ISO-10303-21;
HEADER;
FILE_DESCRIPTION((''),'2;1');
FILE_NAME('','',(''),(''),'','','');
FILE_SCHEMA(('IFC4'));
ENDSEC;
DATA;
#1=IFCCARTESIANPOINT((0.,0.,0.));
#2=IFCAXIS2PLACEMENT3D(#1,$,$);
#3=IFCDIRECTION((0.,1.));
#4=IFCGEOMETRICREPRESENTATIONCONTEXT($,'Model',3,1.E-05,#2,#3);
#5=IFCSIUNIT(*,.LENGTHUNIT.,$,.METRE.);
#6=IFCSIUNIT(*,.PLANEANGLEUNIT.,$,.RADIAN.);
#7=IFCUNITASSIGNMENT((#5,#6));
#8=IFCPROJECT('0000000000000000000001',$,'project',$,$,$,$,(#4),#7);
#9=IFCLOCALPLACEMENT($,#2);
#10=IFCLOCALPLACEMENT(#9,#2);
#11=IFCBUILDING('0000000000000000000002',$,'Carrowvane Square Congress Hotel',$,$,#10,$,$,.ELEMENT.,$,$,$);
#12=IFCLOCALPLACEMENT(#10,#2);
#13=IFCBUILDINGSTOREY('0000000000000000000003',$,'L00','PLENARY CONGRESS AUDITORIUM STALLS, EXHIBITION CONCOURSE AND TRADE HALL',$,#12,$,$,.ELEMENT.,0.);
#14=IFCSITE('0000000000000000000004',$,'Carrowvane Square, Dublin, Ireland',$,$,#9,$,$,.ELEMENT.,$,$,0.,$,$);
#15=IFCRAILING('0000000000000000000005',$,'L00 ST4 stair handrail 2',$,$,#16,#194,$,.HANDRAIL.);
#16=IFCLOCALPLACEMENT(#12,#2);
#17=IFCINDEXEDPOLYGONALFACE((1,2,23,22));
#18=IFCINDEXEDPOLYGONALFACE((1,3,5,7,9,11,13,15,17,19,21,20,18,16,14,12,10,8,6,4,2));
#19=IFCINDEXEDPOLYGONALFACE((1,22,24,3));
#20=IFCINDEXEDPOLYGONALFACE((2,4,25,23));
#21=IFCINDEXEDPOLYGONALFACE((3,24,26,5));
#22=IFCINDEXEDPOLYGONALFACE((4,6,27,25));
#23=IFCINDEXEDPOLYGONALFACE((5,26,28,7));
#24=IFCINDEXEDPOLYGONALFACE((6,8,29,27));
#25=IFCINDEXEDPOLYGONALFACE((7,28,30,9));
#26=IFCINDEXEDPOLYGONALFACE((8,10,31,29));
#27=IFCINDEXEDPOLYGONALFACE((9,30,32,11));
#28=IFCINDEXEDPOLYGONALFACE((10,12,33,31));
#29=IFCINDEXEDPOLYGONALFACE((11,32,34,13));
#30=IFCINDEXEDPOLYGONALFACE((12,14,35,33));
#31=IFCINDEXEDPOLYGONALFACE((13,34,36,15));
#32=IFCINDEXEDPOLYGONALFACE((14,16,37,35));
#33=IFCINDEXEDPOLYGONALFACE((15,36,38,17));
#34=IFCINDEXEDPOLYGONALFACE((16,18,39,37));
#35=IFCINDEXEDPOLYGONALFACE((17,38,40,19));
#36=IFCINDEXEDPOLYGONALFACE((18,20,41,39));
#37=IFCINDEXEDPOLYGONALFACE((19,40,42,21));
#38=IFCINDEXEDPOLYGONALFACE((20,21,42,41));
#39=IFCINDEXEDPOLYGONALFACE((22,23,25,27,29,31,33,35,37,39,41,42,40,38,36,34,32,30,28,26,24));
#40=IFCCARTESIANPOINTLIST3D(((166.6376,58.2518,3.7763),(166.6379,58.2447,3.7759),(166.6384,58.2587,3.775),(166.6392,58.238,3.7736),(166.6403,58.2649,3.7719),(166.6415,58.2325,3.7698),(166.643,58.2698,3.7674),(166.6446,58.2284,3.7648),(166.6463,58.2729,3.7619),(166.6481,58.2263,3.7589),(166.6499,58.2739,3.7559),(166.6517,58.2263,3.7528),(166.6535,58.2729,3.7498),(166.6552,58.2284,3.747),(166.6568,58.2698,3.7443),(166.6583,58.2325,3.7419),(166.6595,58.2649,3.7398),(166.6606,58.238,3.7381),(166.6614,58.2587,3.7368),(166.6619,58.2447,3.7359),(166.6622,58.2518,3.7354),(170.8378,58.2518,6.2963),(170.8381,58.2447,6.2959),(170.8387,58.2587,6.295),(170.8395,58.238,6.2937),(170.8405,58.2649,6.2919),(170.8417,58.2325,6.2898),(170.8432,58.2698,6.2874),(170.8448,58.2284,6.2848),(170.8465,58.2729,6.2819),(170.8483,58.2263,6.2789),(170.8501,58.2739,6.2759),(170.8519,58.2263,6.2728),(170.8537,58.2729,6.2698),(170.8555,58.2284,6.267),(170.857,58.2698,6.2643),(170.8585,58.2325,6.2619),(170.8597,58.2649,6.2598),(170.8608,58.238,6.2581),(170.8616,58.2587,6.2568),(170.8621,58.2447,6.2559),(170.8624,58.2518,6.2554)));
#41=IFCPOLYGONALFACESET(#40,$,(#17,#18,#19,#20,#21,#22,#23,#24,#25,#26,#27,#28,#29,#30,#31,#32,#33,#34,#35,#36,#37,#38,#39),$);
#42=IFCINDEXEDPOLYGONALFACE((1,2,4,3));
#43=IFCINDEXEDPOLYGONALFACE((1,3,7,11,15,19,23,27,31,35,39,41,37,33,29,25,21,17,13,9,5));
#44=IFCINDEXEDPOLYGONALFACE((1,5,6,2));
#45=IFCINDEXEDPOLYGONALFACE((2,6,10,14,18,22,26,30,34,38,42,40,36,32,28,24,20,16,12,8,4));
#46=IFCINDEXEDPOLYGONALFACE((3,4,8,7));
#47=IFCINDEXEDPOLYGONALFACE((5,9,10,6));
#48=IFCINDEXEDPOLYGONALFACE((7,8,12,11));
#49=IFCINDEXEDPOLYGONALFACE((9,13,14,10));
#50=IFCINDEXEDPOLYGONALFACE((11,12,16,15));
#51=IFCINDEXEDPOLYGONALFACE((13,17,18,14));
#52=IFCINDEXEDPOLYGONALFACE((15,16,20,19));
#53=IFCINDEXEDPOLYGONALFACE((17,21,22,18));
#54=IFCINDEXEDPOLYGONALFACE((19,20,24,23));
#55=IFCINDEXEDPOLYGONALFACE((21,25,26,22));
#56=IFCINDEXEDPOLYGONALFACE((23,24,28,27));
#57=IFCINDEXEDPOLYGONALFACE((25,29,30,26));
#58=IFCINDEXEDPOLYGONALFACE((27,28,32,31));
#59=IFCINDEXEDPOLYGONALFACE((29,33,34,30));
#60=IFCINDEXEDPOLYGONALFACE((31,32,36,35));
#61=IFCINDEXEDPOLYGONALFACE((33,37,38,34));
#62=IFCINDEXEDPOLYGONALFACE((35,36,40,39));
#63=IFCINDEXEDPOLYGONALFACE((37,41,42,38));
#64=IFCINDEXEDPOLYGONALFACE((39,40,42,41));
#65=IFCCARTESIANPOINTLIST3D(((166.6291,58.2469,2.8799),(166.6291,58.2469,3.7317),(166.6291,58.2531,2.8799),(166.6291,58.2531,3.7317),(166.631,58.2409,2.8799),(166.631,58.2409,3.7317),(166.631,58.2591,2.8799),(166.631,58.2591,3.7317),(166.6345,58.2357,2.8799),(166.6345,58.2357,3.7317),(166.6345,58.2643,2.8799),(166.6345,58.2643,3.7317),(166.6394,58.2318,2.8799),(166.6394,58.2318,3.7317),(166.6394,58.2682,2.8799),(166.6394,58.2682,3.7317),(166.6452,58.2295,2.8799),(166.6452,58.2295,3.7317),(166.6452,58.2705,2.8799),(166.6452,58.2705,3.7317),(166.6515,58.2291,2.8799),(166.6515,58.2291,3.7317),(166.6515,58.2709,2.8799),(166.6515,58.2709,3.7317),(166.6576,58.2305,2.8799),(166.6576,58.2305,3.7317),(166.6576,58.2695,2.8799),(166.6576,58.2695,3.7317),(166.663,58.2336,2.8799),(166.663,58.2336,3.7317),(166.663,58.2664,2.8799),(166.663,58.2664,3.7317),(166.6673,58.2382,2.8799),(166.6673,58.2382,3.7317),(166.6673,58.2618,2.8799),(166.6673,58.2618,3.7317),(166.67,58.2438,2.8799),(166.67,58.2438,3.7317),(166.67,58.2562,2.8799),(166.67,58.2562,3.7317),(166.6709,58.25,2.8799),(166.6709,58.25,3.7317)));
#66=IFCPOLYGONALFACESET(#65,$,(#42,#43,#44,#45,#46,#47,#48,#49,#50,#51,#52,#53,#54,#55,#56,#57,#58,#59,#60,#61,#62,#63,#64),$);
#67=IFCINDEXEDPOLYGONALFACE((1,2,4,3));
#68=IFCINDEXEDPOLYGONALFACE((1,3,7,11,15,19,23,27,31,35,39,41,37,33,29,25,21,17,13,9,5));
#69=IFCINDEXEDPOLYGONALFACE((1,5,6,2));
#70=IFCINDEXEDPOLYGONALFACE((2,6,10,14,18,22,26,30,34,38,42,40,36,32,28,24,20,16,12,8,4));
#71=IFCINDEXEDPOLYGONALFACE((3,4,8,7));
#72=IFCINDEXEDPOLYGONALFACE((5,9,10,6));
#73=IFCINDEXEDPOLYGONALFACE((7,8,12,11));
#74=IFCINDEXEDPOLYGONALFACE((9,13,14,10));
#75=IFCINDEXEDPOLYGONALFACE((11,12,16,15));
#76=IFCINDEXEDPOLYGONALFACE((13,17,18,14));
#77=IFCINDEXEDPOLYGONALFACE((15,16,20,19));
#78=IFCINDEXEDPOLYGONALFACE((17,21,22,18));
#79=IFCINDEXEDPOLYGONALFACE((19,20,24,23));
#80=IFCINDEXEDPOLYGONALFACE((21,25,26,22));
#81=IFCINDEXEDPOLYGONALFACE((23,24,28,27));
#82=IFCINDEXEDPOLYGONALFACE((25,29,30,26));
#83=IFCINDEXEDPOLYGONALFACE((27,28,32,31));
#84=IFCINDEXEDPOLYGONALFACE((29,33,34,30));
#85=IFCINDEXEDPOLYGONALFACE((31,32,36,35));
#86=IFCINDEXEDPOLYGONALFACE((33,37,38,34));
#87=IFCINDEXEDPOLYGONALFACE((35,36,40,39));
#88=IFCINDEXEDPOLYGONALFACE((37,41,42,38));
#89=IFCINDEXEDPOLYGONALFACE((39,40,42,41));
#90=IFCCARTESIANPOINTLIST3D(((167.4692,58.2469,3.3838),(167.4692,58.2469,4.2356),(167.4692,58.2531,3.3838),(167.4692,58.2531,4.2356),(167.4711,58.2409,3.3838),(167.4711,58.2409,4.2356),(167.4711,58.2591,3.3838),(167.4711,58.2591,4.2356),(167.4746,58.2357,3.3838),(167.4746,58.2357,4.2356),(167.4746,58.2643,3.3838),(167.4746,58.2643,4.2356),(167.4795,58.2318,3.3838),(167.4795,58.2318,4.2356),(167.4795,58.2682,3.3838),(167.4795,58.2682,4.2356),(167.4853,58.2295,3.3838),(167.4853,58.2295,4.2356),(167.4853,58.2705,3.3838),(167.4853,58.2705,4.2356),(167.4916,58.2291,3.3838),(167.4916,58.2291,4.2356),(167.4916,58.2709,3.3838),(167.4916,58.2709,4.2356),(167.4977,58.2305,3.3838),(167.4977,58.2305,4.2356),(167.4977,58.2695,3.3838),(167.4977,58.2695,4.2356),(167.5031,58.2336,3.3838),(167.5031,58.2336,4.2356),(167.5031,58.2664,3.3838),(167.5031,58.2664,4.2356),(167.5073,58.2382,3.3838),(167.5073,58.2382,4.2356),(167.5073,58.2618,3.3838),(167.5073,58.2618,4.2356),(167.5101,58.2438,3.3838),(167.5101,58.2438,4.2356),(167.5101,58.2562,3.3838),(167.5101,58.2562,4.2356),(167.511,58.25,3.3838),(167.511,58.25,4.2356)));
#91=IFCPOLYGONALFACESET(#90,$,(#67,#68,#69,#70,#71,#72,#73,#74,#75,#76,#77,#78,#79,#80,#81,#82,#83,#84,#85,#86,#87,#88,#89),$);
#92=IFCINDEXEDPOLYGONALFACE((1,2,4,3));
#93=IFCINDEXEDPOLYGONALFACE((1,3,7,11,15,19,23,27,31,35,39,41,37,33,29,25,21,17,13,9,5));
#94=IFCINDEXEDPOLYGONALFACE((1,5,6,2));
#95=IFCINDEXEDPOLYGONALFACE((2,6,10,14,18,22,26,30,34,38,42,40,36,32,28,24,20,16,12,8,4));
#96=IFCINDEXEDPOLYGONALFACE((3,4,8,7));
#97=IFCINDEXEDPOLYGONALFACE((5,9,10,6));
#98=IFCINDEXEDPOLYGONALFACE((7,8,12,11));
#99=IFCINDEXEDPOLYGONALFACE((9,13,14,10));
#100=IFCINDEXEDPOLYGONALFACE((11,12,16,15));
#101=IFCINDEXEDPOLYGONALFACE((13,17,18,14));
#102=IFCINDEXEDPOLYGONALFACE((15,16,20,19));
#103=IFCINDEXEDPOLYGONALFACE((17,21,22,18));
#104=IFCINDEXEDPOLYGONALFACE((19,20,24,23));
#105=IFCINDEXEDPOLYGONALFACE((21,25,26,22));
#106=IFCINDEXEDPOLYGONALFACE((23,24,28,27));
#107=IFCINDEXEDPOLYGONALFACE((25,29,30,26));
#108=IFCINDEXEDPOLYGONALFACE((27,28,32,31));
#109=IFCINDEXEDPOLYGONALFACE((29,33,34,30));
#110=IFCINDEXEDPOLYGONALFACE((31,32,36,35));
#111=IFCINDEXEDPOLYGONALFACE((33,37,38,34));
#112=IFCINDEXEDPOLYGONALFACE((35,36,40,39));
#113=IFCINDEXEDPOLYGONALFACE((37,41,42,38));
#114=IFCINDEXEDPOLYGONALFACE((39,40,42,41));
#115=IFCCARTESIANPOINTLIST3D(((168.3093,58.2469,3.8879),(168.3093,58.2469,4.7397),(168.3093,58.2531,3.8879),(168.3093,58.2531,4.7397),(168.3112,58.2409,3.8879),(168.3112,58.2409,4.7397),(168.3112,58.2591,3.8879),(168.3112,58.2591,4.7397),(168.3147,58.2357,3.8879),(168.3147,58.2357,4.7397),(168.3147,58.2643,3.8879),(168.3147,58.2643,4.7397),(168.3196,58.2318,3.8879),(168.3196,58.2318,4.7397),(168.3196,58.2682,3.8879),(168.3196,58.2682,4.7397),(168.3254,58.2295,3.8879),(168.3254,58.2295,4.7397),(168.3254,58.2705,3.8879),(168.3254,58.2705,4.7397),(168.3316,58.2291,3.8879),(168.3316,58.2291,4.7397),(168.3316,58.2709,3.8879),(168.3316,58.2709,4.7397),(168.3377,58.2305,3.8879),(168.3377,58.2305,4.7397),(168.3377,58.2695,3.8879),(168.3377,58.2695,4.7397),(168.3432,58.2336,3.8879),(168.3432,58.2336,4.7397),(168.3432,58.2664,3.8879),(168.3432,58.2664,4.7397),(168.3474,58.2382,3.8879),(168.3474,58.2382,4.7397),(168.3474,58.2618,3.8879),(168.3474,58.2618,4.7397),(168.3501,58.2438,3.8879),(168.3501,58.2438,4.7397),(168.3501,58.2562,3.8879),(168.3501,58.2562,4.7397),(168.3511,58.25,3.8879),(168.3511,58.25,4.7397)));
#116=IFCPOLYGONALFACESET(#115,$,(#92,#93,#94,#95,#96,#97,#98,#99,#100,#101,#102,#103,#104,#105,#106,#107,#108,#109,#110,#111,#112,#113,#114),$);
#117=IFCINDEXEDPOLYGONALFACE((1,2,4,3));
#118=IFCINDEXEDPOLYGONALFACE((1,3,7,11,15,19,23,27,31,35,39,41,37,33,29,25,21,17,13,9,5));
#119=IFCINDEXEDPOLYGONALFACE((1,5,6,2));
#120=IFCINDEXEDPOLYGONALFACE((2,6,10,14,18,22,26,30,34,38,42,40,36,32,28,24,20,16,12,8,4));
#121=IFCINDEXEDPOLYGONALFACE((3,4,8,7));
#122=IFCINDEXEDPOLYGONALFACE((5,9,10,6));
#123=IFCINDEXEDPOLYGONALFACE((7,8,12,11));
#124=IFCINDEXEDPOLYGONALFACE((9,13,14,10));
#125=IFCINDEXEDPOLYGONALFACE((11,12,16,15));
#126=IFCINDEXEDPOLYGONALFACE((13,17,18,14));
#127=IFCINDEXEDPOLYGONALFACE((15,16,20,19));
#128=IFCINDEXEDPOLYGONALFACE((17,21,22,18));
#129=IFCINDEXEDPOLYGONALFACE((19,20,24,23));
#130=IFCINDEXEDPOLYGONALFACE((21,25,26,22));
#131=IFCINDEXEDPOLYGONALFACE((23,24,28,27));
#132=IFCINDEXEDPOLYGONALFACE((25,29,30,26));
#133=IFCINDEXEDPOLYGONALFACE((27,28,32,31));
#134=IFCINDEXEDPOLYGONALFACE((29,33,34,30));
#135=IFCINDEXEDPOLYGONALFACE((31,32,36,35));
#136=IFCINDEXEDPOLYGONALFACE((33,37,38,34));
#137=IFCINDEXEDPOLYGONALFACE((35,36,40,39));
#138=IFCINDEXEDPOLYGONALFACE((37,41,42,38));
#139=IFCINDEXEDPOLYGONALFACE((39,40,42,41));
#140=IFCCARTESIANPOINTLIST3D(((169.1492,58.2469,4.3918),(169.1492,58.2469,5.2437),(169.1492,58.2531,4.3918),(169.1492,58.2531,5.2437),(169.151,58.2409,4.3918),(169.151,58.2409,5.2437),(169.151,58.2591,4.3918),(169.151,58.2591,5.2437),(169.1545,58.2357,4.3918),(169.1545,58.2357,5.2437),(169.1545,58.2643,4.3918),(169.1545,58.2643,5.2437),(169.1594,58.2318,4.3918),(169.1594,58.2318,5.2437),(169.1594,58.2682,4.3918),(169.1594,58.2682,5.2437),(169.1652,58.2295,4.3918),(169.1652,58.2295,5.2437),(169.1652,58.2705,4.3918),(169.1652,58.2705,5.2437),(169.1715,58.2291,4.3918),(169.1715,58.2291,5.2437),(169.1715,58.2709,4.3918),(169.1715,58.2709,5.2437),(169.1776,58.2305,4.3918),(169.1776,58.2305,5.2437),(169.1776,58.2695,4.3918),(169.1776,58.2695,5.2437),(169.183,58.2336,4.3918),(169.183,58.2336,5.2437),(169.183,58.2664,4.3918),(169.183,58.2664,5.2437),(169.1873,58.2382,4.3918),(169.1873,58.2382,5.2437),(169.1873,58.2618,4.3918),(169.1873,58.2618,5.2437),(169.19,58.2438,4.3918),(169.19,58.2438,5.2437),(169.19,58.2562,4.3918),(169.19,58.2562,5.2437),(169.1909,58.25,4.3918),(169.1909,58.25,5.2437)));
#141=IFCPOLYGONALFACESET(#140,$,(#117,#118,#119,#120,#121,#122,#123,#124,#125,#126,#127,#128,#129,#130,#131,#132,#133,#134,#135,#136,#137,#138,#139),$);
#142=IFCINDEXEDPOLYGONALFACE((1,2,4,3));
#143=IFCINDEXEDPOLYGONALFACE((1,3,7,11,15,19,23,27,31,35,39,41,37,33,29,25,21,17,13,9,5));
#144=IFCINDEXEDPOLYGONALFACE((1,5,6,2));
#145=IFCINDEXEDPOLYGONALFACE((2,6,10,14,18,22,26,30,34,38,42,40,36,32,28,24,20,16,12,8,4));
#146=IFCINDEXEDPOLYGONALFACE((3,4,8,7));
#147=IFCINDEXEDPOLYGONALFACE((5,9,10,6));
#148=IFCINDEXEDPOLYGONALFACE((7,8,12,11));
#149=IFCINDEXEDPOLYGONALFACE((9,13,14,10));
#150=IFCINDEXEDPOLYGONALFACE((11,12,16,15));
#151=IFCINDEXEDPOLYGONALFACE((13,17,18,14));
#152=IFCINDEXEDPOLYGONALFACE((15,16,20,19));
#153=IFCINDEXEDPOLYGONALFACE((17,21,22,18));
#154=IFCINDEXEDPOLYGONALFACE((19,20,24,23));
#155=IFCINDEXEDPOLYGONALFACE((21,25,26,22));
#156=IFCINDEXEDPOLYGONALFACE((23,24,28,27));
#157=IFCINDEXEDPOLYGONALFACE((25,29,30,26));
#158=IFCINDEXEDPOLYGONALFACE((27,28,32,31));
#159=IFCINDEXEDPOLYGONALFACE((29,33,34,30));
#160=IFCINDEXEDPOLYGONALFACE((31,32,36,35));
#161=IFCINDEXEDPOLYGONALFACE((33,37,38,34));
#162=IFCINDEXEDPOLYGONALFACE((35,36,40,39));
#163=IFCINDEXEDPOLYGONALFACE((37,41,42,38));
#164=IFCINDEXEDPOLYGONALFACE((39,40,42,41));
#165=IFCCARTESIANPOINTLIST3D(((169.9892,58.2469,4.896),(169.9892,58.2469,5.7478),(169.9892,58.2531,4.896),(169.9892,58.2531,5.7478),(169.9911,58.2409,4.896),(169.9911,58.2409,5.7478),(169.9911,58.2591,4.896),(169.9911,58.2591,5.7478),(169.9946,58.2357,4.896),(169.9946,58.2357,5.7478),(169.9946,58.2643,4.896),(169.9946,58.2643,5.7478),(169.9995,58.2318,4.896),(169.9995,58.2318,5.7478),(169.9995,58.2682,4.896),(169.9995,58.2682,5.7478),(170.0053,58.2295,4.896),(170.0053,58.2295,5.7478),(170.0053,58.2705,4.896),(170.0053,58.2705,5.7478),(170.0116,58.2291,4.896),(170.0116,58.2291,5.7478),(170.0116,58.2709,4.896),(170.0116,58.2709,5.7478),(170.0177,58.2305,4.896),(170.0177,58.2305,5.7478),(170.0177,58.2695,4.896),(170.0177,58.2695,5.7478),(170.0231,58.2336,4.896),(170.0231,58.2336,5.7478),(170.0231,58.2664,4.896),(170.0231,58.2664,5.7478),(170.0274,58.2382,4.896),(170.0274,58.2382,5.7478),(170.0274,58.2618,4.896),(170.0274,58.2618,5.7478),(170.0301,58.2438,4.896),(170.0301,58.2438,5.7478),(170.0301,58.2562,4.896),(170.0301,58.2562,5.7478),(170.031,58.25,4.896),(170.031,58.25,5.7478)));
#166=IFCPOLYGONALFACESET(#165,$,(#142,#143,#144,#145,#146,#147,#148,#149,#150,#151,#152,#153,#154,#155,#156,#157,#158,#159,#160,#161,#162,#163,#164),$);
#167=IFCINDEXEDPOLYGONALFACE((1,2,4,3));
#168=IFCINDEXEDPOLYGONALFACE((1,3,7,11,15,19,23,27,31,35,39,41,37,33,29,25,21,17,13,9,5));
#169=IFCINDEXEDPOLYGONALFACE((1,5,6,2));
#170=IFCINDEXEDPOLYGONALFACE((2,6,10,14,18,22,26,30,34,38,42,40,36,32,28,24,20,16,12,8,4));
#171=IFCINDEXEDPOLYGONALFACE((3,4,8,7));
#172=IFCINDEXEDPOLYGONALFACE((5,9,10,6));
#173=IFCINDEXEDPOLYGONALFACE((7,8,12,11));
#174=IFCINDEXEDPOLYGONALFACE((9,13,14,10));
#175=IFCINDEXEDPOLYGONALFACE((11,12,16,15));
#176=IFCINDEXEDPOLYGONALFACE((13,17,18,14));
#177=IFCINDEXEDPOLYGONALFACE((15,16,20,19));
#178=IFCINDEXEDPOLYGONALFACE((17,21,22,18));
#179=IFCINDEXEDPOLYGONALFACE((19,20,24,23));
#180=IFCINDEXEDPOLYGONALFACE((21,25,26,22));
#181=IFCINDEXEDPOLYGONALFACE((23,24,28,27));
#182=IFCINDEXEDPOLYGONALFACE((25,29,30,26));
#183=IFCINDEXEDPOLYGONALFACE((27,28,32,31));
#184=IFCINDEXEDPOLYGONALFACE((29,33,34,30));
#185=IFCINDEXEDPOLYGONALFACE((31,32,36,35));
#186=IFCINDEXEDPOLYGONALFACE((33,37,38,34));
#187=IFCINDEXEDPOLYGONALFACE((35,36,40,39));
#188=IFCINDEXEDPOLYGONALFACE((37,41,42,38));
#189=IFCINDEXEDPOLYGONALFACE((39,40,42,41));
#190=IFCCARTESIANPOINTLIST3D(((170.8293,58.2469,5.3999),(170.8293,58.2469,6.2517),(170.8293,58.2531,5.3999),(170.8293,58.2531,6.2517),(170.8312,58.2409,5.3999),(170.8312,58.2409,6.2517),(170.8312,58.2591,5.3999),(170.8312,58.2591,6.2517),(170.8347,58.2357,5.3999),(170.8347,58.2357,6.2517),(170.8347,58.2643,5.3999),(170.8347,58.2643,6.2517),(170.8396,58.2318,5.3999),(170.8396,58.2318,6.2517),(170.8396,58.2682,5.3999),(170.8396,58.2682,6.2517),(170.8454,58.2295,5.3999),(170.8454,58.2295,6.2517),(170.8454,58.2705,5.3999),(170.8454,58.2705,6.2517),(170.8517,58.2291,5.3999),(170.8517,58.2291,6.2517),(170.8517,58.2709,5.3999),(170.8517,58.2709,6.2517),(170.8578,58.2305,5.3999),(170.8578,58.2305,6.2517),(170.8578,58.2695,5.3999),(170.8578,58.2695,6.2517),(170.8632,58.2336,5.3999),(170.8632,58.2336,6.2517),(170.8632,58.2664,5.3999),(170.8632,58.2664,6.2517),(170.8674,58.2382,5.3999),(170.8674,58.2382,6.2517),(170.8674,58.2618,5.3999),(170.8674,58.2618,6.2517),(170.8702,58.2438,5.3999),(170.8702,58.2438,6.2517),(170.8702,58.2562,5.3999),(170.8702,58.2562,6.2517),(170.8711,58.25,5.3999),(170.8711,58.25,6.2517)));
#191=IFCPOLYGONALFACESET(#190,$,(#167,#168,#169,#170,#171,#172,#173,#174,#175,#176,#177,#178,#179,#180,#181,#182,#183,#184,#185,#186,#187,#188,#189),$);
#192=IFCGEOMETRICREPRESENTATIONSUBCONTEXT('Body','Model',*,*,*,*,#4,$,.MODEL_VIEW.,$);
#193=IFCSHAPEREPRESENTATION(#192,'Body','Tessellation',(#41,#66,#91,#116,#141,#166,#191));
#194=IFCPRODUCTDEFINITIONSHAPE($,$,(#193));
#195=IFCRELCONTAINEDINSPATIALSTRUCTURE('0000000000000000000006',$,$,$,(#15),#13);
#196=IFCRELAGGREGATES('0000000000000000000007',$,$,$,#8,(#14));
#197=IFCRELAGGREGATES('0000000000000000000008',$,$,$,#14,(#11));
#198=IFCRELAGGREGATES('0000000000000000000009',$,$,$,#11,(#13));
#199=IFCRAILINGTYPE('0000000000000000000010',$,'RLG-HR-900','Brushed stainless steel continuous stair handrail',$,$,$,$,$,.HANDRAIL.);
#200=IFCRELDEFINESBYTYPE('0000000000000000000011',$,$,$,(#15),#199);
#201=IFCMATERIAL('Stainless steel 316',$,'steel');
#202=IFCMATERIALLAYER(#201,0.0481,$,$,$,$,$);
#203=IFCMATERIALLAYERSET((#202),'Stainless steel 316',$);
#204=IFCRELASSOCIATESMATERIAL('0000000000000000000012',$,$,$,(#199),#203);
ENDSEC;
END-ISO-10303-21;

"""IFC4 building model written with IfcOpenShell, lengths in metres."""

from ifc_helpers import new_model, si_unit, direction, frame, origin, origin_2d, place, context, subcontext, project, spatial, circle, extrude, material, layer, layer_set, type_object, element, save


model = new_model("IFC4")

# Units and contexts
model_context = context("Model", 3, precision=1e-05, world=origin(), true_north=direction((0.0, 1.0)))
body_context = subcontext(model_context, "Body", "Model", "MODEL_VIEW")
ifc_project = project(units=[si_unit("LENGTHUNIT", "METRE"), si_unit("PLANEANGLEUNIT", "RADIAN")], contexts=[model_context])

# Site, building, storey
site_placement = place(None, origin())
site = spatial("IfcSite", under=ifc_project, at=site_placement, Name="Carrowvane Square, Dublin, Ireland", CompositionType="ELEMENT", RefElevation=0.0)
building_placement = place(site_placement, origin())
building = spatial("IfcBuilding", under=site, at=building_placement, Name="Carrowvane Square Congress Hotel", CompositionType="ELEMENT")
storey_placement = place(building_placement, origin())
storey = spatial("IfcBuildingStorey", under=building, at=storey_placement, Name="L00", Description="PLENARY CONGRESS AUDITORIUM STALLS, EXHIBITION CONCOURSE AND TRADE HALL", CompositionType="ELEMENT", Elevation=0.0)

# Railing
ifc_material_1 = material(Name="Stainless steel 316", Category="steel")
ifc_layer_1 = layer(ifc_material_1, 0.0481)
ifc_layer_set_1 = layer_set([ifc_layer_1], Name="Stainless steel 316")
railing_type_1 = type_object("IfcRailingType", Name="RLG-HR-900", Description="Brushed stainless steel continuous stair handrail", PredefinedType="HANDRAIL", material=ifc_layer_set_1)
railing_1_placement = place(storey_placement, frame((166.6499, 58.25, 2.8799)))
element("IfcRailing", 1, at=railing_1_placement, inside=storey, type_object=railing_type_1, Name="L00 ST4 stair handrail 2", PredefinedType="HANDRAIL", context=body_context, shape_type="SweptSolid", body=[
    extrude(circle(Radius=0.0239, at=origin_2d()), frame((0.0, 0.0, 0.876), z_axis=(0.857502, 0.0, 0.514481), x_axis=(0.0, 1.0, 0.0)), (0.0, 0.0, 1.0), 4.8982),
    extrude(circle(Radius=0.021, at=origin_2d()), origin(), (0.0, 0.0, 1.0), 0.8518),
    extrude(circle(Radius=0.021, at=origin_2d()), frame((0.8401, 0.0, 0.5039)), (0.0, 0.0, 1.0), 0.8518),
    extrude(circle(Radius=0.021, at=origin_2d()), frame((1.6802, 0.0, 1.0081)), (0.0, 0.0, 1.0), 0.8518),
    extrude(circle(Radius=0.021, at=origin_2d()), frame((2.52, 0.0, 1.512)), (0.0, 0.0, 1.0), 0.8518),
    extrude(circle(Radius=0.021, at=origin_2d()), frame((3.3601, 0.0, 2.0161)), (0.0, 0.0, 1.0), 0.8518),
    extrude(circle(Radius=0.021, at=origin_2d()), frame((4.2002, 0.0, 2.52)), (0.0, 0.0, 1.0), 0.8518),
])

save(model, "model.ifc")
